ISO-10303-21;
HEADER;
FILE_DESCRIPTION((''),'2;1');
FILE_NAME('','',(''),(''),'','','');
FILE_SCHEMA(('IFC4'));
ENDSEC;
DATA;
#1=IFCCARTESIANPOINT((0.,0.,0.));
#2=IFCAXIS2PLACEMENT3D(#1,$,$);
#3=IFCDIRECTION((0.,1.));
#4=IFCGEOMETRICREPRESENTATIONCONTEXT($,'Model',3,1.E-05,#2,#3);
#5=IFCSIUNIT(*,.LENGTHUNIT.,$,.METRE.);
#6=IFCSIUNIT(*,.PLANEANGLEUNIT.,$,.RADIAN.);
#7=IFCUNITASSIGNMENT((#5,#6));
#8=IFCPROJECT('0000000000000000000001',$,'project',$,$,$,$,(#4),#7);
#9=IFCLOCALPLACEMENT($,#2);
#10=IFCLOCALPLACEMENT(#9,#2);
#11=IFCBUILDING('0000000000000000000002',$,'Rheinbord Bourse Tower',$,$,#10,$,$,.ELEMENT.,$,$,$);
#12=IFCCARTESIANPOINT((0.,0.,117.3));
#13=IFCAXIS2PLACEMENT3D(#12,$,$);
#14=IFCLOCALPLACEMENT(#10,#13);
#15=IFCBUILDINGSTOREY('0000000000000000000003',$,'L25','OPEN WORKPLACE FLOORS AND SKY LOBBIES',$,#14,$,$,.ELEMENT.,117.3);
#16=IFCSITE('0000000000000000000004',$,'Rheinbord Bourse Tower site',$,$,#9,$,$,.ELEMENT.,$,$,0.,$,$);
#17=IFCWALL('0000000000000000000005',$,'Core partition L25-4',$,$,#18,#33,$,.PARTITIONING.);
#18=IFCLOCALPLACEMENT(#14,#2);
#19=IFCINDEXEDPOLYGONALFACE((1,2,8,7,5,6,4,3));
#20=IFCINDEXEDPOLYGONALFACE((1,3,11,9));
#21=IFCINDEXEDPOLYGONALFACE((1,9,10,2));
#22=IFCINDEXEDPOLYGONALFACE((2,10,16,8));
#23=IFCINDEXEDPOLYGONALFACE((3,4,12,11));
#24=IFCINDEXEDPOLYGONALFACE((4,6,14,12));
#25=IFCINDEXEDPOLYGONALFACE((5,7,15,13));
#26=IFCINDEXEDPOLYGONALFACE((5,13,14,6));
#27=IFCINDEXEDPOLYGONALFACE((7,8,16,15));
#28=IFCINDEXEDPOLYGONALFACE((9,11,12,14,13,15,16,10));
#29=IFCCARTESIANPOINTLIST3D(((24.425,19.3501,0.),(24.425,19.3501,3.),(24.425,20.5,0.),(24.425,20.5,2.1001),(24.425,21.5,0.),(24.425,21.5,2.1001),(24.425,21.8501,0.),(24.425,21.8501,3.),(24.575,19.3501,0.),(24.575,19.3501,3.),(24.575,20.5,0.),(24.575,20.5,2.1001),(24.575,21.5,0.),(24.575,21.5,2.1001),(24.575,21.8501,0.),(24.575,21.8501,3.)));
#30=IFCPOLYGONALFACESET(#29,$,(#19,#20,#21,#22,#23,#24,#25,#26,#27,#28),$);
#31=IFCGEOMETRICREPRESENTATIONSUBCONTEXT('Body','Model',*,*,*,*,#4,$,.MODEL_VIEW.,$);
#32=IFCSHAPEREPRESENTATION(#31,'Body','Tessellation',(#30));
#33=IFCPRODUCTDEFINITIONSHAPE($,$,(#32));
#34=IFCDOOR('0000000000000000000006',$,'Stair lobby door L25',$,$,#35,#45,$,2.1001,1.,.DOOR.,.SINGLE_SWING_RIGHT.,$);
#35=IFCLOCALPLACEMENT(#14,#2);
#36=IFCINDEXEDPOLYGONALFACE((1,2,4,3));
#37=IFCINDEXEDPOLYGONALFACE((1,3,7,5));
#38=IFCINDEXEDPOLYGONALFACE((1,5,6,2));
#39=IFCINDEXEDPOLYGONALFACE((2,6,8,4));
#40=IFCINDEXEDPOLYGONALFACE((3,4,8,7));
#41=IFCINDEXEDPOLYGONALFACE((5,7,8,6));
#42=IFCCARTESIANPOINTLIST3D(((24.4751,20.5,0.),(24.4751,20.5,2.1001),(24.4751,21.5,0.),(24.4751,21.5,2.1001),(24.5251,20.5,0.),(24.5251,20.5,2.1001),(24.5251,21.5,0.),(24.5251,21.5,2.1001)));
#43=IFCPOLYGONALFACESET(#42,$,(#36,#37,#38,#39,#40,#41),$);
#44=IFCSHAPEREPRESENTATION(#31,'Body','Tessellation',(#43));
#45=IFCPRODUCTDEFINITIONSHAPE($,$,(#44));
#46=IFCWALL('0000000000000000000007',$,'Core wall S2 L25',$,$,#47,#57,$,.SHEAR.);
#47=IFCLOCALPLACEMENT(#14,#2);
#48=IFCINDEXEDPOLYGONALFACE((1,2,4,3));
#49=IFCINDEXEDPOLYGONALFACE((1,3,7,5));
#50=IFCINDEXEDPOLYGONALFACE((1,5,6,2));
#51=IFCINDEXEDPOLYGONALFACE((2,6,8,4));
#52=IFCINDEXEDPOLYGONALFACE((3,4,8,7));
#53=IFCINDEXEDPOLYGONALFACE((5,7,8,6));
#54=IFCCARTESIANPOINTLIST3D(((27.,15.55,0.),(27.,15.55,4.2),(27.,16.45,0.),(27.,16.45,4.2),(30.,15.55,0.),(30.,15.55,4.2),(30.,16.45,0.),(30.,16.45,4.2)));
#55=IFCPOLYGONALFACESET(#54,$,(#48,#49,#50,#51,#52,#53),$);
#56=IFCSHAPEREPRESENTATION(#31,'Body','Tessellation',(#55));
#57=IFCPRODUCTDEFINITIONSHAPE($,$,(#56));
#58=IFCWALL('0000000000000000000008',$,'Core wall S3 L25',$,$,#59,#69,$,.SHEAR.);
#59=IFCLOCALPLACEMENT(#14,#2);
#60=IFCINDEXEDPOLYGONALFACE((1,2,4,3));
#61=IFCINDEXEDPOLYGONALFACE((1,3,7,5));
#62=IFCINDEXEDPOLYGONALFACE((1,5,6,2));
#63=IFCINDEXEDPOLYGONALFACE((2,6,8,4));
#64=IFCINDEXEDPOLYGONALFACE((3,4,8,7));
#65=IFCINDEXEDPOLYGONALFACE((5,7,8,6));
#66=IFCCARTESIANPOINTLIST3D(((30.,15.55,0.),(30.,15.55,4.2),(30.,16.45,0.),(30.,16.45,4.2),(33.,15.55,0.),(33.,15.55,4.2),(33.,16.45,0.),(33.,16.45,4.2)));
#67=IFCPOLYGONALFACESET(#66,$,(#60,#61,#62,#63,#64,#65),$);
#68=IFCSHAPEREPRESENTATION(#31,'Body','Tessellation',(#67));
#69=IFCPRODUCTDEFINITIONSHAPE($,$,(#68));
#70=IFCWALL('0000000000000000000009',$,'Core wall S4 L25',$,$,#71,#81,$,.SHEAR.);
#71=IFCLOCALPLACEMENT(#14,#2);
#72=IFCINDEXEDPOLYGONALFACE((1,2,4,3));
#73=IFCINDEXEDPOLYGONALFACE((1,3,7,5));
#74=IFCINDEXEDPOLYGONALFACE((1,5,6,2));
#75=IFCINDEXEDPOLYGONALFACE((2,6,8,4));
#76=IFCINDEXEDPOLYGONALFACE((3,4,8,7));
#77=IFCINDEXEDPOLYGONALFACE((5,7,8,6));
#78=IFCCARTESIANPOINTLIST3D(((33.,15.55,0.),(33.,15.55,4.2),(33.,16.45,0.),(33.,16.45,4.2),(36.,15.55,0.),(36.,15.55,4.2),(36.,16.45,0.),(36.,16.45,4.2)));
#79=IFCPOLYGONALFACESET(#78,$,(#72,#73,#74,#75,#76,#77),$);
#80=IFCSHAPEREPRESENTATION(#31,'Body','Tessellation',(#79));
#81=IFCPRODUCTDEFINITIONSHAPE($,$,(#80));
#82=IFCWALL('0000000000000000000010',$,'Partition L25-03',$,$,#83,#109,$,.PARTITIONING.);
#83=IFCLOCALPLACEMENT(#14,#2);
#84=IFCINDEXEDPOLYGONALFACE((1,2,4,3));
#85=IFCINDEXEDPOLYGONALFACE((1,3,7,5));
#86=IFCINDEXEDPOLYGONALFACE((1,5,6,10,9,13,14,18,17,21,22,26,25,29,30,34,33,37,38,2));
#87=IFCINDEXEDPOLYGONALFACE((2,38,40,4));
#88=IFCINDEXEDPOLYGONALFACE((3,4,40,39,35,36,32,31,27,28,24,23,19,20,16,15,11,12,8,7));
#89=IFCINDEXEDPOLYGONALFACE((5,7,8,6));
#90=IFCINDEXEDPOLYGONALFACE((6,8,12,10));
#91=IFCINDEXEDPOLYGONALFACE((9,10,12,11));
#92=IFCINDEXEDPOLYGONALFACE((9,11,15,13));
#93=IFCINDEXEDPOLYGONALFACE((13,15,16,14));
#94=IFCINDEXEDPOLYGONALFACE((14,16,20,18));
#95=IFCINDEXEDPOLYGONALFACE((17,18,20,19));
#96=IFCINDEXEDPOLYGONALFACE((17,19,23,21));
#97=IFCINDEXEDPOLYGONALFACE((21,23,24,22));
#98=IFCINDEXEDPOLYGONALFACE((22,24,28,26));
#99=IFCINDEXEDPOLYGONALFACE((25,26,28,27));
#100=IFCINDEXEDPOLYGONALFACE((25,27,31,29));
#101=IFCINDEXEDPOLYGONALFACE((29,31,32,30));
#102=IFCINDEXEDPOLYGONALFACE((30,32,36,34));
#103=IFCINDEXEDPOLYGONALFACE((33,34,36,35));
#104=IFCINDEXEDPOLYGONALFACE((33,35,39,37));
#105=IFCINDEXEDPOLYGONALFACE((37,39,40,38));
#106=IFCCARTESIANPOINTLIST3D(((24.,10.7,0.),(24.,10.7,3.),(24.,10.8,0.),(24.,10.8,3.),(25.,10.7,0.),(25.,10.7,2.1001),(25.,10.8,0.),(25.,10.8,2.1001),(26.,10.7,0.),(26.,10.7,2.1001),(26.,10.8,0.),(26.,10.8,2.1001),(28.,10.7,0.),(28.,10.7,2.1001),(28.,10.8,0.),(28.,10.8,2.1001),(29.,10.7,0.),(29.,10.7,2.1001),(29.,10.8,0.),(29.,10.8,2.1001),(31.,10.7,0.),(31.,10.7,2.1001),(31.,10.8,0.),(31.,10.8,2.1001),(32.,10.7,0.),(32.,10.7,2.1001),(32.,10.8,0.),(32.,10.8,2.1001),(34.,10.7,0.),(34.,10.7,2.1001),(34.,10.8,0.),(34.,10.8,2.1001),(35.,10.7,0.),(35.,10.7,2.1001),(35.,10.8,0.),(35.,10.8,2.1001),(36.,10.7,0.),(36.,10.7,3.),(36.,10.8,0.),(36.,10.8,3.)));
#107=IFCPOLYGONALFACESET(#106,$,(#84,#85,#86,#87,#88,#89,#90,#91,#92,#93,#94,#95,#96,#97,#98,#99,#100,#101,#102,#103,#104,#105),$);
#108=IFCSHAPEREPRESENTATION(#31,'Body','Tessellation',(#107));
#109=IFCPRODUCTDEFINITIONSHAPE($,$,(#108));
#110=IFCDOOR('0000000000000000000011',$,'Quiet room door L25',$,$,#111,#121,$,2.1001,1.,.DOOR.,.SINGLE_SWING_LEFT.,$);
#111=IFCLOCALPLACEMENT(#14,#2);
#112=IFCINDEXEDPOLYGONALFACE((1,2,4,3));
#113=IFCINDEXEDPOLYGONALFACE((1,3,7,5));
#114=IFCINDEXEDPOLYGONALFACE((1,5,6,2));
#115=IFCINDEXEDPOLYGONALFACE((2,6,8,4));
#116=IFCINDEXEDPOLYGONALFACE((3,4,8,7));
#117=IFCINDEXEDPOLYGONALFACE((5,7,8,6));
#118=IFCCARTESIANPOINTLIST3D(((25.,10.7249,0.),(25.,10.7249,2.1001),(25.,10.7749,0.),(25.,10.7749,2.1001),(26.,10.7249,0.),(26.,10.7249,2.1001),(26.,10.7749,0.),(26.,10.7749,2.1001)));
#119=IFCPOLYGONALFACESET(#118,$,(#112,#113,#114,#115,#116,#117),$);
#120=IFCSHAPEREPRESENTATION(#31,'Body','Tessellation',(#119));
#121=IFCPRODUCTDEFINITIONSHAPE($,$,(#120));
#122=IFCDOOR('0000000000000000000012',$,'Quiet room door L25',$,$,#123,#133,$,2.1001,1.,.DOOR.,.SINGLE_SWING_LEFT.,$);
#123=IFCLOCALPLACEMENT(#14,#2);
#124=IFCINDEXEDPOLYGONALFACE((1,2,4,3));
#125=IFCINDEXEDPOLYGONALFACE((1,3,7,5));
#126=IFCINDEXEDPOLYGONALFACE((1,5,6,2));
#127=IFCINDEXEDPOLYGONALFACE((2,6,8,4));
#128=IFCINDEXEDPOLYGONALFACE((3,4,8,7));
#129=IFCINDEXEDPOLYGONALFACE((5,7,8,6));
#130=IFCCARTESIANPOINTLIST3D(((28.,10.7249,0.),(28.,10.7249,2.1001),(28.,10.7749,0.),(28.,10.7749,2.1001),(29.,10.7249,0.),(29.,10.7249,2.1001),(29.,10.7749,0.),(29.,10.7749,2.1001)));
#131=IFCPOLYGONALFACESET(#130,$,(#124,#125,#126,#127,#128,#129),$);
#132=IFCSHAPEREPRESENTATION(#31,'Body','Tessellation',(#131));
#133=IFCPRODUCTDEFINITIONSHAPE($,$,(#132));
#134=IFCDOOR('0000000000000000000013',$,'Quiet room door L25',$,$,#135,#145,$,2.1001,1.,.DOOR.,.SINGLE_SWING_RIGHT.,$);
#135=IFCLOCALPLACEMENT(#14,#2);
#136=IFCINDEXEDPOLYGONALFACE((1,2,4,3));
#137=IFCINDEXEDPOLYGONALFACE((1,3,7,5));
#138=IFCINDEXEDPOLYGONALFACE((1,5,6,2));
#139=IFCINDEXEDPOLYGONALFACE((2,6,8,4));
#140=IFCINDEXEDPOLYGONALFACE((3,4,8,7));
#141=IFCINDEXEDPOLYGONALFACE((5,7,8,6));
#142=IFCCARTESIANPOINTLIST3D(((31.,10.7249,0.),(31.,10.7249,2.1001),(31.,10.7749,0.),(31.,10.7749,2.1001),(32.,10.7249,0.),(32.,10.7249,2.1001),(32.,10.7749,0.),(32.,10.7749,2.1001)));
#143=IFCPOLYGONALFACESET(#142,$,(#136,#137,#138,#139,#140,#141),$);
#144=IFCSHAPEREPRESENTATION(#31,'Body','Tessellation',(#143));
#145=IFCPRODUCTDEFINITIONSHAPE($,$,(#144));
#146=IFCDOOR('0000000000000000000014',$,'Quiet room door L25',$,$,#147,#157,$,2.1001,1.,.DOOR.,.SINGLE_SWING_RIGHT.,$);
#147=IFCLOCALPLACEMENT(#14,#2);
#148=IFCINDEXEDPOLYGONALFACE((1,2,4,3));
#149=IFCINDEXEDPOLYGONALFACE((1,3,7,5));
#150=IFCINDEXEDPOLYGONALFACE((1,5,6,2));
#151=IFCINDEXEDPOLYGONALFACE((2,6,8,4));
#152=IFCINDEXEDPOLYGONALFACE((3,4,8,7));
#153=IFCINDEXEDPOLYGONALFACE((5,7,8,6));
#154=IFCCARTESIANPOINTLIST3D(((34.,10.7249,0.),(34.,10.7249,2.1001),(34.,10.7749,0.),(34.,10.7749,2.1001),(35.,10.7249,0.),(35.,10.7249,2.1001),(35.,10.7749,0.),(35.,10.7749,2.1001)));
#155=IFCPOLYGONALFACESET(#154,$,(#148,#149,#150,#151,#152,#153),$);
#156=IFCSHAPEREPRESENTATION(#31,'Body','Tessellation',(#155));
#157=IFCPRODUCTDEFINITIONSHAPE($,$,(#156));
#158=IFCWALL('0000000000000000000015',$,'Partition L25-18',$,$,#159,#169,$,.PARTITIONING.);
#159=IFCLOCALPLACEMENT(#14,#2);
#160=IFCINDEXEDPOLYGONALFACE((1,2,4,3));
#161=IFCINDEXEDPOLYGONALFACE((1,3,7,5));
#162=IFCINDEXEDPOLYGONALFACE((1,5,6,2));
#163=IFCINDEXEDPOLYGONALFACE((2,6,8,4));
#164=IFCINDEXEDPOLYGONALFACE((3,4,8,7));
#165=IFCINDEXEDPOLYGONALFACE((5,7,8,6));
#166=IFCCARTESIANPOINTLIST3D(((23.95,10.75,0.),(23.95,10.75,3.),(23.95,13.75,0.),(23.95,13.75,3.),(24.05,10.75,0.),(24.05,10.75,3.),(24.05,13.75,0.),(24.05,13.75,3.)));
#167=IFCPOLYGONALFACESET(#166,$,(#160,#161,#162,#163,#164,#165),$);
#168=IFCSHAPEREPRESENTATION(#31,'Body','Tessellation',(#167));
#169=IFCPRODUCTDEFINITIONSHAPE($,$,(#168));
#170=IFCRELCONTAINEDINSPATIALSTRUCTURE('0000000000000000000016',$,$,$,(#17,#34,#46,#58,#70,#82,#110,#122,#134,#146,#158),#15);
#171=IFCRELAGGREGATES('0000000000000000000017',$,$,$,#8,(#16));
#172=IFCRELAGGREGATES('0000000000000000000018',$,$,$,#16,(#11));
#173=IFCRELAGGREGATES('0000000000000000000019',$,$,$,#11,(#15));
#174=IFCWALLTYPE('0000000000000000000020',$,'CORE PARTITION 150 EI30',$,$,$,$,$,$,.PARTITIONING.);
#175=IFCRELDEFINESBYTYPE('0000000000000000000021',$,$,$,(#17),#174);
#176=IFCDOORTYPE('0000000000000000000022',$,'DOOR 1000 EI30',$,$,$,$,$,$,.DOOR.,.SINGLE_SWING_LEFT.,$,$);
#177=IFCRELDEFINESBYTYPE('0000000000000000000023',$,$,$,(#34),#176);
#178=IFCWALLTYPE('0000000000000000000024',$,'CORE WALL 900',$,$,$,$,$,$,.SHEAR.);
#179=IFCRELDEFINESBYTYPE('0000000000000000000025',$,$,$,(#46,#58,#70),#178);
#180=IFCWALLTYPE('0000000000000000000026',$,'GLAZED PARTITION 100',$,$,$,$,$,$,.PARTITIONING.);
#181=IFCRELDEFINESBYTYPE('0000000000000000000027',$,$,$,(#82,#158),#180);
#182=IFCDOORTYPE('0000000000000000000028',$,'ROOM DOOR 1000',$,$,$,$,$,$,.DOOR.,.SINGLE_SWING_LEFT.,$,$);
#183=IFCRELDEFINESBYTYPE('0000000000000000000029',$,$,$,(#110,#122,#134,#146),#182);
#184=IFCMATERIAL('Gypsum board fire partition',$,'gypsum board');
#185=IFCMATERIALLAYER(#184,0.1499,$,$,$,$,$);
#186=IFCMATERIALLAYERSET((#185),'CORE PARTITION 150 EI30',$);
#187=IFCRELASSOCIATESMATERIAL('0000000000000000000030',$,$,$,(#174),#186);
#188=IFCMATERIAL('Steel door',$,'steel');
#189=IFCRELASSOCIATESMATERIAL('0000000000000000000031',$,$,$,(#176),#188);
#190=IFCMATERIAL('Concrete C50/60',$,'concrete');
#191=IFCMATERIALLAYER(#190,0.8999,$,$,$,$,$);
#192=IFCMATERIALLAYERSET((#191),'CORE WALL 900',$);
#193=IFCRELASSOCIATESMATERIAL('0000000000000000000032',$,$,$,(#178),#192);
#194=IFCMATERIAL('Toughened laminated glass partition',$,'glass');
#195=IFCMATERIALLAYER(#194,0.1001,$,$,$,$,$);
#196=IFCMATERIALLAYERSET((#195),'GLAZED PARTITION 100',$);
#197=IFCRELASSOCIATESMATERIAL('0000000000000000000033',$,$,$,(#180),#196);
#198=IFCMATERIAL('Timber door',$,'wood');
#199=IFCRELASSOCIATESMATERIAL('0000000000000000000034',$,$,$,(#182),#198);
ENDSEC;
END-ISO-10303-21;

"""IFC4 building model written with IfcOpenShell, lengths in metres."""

from ifc_helpers import new_model, si_unit, direction, frame, frame_2d, origin, place, context, subcontext, project, spatial, rectangle, extrude, material, layer, layer_set, type_object, element, fill, save


model = new_model("IFC4")

# Units and contexts
model_context = context("Model", 3, precision=1e-05, world=origin(), true_north=direction((0.0, 1.0)))
body_context = subcontext(model_context, "Body", "Model", "MODEL_VIEW")
ifc_project = project(units=[si_unit("LENGTHUNIT", "METRE"), si_unit("PLANEANGLEUNIT", "RADIAN")], contexts=[model_context])

# Site, building, storey
site_placement = place(None, origin())
site = spatial("IfcSite", under=ifc_project, at=site_placement, Name="Rheinbord Bourse Tower site", CompositionType="ELEMENT", RefElevation=0.0)
building_placement = place(site_placement, origin())
building = spatial("IfcBuilding", under=site, at=building_placement, Name="Rheinbord Bourse Tower", CompositionType="ELEMENT")
storey_placement = place(building_placement, frame((0.0, 0.0, 117.3)))
storey = spatial("IfcBuildingStorey", under=building, at=storey_placement, Name="L25", Description="OPEN WORKPLACE FLOORS AND SKY LOBBIES", CompositionType="ELEMENT", Elevation=117.3)

# Wall, opening, door
ifc_material_1 = material(Name="Gypsum board fire partition", Category="gypsum board")
ifc_layer_1 = layer(ifc_material_1, 0.1499)
ifc_layer_set_1 = layer_set([ifc_layer_1], Name="CORE PARTITION 150 EI30")
wall_type_1 = type_object("IfcWallType", Name="CORE PARTITION 150 EI30", PredefinedType="PARTITIONING", material=ifc_layer_set_1)
wall_1_placement = place(storey_placement, frame((24.5, 19.3501, 0.0), z_axis=(0.0, 0.0, 1.0), x_axis=(0.0, 1.0, 0.0)))
wall_1 = element("IfcWall", 1, at=wall_1_placement, inside=storey, type_object=wall_type_1, Name="Core partition L25-4", PredefinedType="PARTITIONING", context=body_context, shape_type="SweptSolid", body=[
    extrude(rectangle(XDim=2.5, YDim=0.1499, at=frame_2d((1.25, 0.0))), origin(), (0.0, 0.0, 1.0), 3.0),
])
opening_1_placement = place(wall_1_placement, frame((1.1499, 0.0, 0.0)))
opening_1 = element("IfcOpeningElement", 2, at=opening_1_placement, cuts=wall_1, PredefinedType="OPENING", context=body_context, shape_type="SweptSolid", body=[
    extrude(rectangle(XDim=1.0, YDim=2.1001, at=frame_2d((0.5, 1.05))), frame((0.0, 0.085, 0.0), z_axis=(0.0, -1.0, 0.0), x_axis=(1.0, 0.0, 0.0)), (0.0, 0.0, 1.0), 0.1699),
])
ifc_material_2 = material(Name="Steel door", Category="steel")
door_type_1 = type_object("IfcDoorType", Name="DOOR 1000 EI30", OperationType="SINGLE_SWING_LEFT", PredefinedType="DOOR", material=ifc_material_2)
door_1_placement = place(opening_1_placement, origin())
door_1 = element("IfcDoor", 3, at=door_1_placement, inside=storey, type_object=door_type_1, Name="Stair lobby door L25", OperationType="SINGLE_SWING_RIGHT", OverallHeight=2.1001, OverallWidth=1.0, PredefinedType="DOOR", context=body_context, shape_type="SweptSolid", body=[
    extrude(rectangle(XDim=1.0, YDim=2.1001, at=frame_2d((0.5, 1.05))), frame((0.0, 0.0249, 0.0), z_axis=(0.0, -1.0, 0.0), x_axis=(1.0, 0.0, 0.0)), (0.0, 0.0, 1.0), 0.05),
])
fill(opening_1, door_1)

# Walls
ifc_material_3 = material(Name="Concrete C50/60", Category="concrete")
ifc_layer_2 = layer(ifc_material_3, 0.8999)
ifc_layer_set_2 = layer_set([ifc_layer_2], Name="CORE WALL 900")
wall_type_2 = type_object("IfcWallType", Name="CORE WALL 900", PredefinedType="SHEAR", material=ifc_layer_set_2)
for number, where, z_axis, x_axis, name in (
    (4, (27.0, 16.0, 0.0), (0.0, 0.0, 1.0), (1.0, 0.0, 0.0), "Core wall S2 L25"),
    (5, (30.0, 16.0, 0.0), (0.0, 0.0, 1.0), (1.0, 0.0, 0.0), "Core wall S3 L25"),
    (6, (33.0, 16.0, 0.0), (0.0, 0.0, 1.0), (1.0, 0.0, 0.0), "Core wall S4 L25"),
):
    element("IfcWall", number, at=place(storey_placement, frame(where, z_axis=z_axis, x_axis=x_axis)), inside=storey, type_object=wall_type_2, Name=name, PredefinedType="SHEAR", context=body_context, shape_type="SweptSolid", body=[
        extrude(rectangle(XDim=3.0, YDim=0.8999, at=frame_2d((1.5, 0.0))), origin(), (0.0, 0.0, 1.0), 4.2),
    ])

# Wall, openings, doors
ifc_material_4 = material(Name="Toughened laminated glass partition", Category="glass")
ifc_layer_3 = layer(ifc_material_4, 0.1001)
ifc_layer_set_3 = layer_set([ifc_layer_3], Name="GLAZED PARTITION 100")
wall_type_3 = type_object("IfcWallType", Name="GLAZED PARTITION 100", PredefinedType="PARTITIONING", material=ifc_layer_set_3)
wall_2_placement = place(storey_placement, frame((24.0, 10.75, 0.0), z_axis=(0.0, 0.0, 1.0), x_axis=(1.0, 0.0, 0.0)))
wall_2 = element("IfcWall", 7, at=wall_2_placement, inside=storey, type_object=wall_type_3, Name="Partition L25-03", PredefinedType="PARTITIONING", context=body_context, shape_type="SweptSolid", body=[
    extrude(rectangle(XDim=12.0, YDim=0.1001, at=frame_2d((6.0, 0.0))), origin(), (0.0, 0.0, 1.0), 3.0),
])
opening_2_placement = place(wall_2_placement, frame((1.0, 0.0, 0.0)))
opening_2 = element("IfcOpeningElement", 8, at=opening_2_placement, cuts=wall_2, PredefinedType="OPENING", context=body_context, shape_type="SweptSolid", body=[
    extrude(rectangle(XDim=1.0, YDim=2.1001, at=frame_2d((0.5, 1.05))), frame((0.0, 0.0601, 0.0), z_axis=(0.0, -1.0, 0.0), x_axis=(1.0, 0.0, 0.0)), (0.0, 0.0, 1.0), 0.1201),
])
opening_3_placement = place(wall_2_placement, frame((4.0, 0.0, 0.0)))
opening_3 = element("IfcOpeningElement", 9, at=opening_3_placement, cuts=wall_2, PredefinedType="OPENING", context=body_context, shape_type="SweptSolid", body=[
    extrude(rectangle(XDim=1.0, YDim=2.1001, at=frame_2d((0.5, 1.05))), frame((0.0, 0.0601, 0.0), z_axis=(0.0, -1.0, 0.0), x_axis=(1.0, 0.0, 0.0)), (0.0, 0.0, 1.0), 0.1201),
])
opening_4_placement = place(wall_2_placement, frame((7.0, 0.0, 0.0)))
opening_4 = element("IfcOpeningElement", 10, at=opening_4_placement, cuts=wall_2, PredefinedType="OPENING", context=body_context, shape_type="SweptSolid", body=[
    extrude(rectangle(XDim=1.0, YDim=2.1001, at=frame_2d((0.5, 1.05))), frame((0.0, 0.0601, 0.0), z_axis=(0.0, -1.0, 0.0), x_axis=(1.0, 0.0, 0.0)), (0.0, 0.0, 1.0), 0.1201),
])
opening_5_placement = place(wall_2_placement, frame((10.0, 0.0, 0.0)))
opening_5 = element("IfcOpeningElement", 11, at=opening_5_placement, cuts=wall_2, PredefinedType="OPENING", context=body_context, shape_type="SweptSolid", body=[
    extrude(rectangle(XDim=1.0, YDim=2.1001, at=frame_2d((0.5, 1.05))), frame((0.0, 0.0601, 0.0), z_axis=(0.0, -1.0, 0.0), x_axis=(1.0, 0.0, 0.0)), (0.0, 0.0, 1.0), 0.1201),
])
ifc_material_5 = material(Name="Timber door", Category="wood")
door_type_2 = type_object("IfcDoorType", Name="ROOM DOOR 1000", OperationType="SINGLE_SWING_LEFT", PredefinedType="DOOR", material=ifc_material_5)
door_2_placement = place(opening_2_placement, origin())
door_2 = element("IfcDoor", 12, at=door_2_placement, inside=storey, type_object=door_type_2, Name="Quiet room door L25", OperationType="SINGLE_SWING_LEFT", OverallHeight=2.1001, OverallWidth=1.0, PredefinedType="DOOR", context=body_context, shape_type="SweptSolid", body=[
    extrude(rectangle(XDim=1.0, YDim=2.1001, at=frame_2d((0.5, 1.05))), frame((0.0, 0.0249, 0.0), z_axis=(0.0, -1.0, 0.0), x_axis=(1.0, 0.0, 0.0)), (0.0, 0.0, 1.0), 0.05),
])
fill(opening_2, door_2)
door_3_placement = place(opening_3_placement, origin())
door_3 = element("IfcDoor", 13, at=door_3_placement, inside=storey, type_object=door_type_2, Name="Quiet room door L25", OperationType="SINGLE_SWING_LEFT", OverallHeight=2.1001, OverallWidth=1.0, PredefinedType="DOOR", context=body_context, shape_type="SweptSolid", body=[
    extrude(rectangle(XDim=1.0, YDim=2.1001, at=frame_2d((0.5, 1.05))), frame((0.0, 0.0249, 0.0), z_axis=(0.0, -1.0, 0.0), x_axis=(1.0, 0.0, 0.0)), (0.0, 0.0, 1.0), 0.05),
])
fill(opening_3, door_3)
door_4_placement = place(opening_4_placement, origin())
door_4 = element("IfcDoor", 14, at=door_4_placement, inside=storey, type_object=door_type_2, Name="Quiet room door L25", OperationType="SINGLE_SWING_RIGHT", OverallHeight=2.1001, OverallWidth=1.0, PredefinedType="DOOR", context=body_context, shape_type="SweptSolid", body=[
    extrude(rectangle(XDim=1.0, YDim=2.1001, at=frame_2d((0.5, 1.05))), frame((0.0, 0.0249, 0.0), z_axis=(0.0, -1.0, 0.0), x_axis=(1.0, 0.0, 0.0)), (0.0, 0.0, 1.0), 0.05),
])
fill(opening_4, door_4)
door_5_placement = place(opening_5_placement, origin())
door_5 = element("IfcDoor", 15, at=door_5_placement, inside=storey, type_object=door_type_2, Name="Quiet room door L25", OperationType="SINGLE_SWING_RIGHT", OverallHeight=2.1001, OverallWidth=1.0, PredefinedType="DOOR", context=body_context, shape_type="SweptSolid", body=[
    extrude(rectangle(XDim=1.0, YDim=2.1001, at=frame_2d((0.5, 1.05))), frame((0.0, 0.0249, 0.0), z_axis=(0.0, -1.0, 0.0), x_axis=(1.0, 0.0, 0.0)), (0.0, 0.0, 1.0), 0.05),
])
fill(opening_5, door_5)

# Wall
for number, where, z_axis, x_axis, name in (
    (16, (24.0, 10.75, 0.0), (0.0, 0.0, 1.0), (0.0, 1.0, 0.0), "Partition L25-18"),
):
    element("IfcWall", number, at=place(storey_placement, frame(where, z_axis=z_axis, x_axis=x_axis)), inside=storey, type_object=wall_type_3, Name=name, PredefinedType="PARTITIONING", context=body_context, shape_type="SweptSolid", body=[
        extrude(rectangle(XDim=3.0, YDim=0.1001, at=frame_2d((1.5, 0.0))), origin(), (0.0, 0.0, 1.0), 3.0),
    ])

save(model, "model.ifc")
